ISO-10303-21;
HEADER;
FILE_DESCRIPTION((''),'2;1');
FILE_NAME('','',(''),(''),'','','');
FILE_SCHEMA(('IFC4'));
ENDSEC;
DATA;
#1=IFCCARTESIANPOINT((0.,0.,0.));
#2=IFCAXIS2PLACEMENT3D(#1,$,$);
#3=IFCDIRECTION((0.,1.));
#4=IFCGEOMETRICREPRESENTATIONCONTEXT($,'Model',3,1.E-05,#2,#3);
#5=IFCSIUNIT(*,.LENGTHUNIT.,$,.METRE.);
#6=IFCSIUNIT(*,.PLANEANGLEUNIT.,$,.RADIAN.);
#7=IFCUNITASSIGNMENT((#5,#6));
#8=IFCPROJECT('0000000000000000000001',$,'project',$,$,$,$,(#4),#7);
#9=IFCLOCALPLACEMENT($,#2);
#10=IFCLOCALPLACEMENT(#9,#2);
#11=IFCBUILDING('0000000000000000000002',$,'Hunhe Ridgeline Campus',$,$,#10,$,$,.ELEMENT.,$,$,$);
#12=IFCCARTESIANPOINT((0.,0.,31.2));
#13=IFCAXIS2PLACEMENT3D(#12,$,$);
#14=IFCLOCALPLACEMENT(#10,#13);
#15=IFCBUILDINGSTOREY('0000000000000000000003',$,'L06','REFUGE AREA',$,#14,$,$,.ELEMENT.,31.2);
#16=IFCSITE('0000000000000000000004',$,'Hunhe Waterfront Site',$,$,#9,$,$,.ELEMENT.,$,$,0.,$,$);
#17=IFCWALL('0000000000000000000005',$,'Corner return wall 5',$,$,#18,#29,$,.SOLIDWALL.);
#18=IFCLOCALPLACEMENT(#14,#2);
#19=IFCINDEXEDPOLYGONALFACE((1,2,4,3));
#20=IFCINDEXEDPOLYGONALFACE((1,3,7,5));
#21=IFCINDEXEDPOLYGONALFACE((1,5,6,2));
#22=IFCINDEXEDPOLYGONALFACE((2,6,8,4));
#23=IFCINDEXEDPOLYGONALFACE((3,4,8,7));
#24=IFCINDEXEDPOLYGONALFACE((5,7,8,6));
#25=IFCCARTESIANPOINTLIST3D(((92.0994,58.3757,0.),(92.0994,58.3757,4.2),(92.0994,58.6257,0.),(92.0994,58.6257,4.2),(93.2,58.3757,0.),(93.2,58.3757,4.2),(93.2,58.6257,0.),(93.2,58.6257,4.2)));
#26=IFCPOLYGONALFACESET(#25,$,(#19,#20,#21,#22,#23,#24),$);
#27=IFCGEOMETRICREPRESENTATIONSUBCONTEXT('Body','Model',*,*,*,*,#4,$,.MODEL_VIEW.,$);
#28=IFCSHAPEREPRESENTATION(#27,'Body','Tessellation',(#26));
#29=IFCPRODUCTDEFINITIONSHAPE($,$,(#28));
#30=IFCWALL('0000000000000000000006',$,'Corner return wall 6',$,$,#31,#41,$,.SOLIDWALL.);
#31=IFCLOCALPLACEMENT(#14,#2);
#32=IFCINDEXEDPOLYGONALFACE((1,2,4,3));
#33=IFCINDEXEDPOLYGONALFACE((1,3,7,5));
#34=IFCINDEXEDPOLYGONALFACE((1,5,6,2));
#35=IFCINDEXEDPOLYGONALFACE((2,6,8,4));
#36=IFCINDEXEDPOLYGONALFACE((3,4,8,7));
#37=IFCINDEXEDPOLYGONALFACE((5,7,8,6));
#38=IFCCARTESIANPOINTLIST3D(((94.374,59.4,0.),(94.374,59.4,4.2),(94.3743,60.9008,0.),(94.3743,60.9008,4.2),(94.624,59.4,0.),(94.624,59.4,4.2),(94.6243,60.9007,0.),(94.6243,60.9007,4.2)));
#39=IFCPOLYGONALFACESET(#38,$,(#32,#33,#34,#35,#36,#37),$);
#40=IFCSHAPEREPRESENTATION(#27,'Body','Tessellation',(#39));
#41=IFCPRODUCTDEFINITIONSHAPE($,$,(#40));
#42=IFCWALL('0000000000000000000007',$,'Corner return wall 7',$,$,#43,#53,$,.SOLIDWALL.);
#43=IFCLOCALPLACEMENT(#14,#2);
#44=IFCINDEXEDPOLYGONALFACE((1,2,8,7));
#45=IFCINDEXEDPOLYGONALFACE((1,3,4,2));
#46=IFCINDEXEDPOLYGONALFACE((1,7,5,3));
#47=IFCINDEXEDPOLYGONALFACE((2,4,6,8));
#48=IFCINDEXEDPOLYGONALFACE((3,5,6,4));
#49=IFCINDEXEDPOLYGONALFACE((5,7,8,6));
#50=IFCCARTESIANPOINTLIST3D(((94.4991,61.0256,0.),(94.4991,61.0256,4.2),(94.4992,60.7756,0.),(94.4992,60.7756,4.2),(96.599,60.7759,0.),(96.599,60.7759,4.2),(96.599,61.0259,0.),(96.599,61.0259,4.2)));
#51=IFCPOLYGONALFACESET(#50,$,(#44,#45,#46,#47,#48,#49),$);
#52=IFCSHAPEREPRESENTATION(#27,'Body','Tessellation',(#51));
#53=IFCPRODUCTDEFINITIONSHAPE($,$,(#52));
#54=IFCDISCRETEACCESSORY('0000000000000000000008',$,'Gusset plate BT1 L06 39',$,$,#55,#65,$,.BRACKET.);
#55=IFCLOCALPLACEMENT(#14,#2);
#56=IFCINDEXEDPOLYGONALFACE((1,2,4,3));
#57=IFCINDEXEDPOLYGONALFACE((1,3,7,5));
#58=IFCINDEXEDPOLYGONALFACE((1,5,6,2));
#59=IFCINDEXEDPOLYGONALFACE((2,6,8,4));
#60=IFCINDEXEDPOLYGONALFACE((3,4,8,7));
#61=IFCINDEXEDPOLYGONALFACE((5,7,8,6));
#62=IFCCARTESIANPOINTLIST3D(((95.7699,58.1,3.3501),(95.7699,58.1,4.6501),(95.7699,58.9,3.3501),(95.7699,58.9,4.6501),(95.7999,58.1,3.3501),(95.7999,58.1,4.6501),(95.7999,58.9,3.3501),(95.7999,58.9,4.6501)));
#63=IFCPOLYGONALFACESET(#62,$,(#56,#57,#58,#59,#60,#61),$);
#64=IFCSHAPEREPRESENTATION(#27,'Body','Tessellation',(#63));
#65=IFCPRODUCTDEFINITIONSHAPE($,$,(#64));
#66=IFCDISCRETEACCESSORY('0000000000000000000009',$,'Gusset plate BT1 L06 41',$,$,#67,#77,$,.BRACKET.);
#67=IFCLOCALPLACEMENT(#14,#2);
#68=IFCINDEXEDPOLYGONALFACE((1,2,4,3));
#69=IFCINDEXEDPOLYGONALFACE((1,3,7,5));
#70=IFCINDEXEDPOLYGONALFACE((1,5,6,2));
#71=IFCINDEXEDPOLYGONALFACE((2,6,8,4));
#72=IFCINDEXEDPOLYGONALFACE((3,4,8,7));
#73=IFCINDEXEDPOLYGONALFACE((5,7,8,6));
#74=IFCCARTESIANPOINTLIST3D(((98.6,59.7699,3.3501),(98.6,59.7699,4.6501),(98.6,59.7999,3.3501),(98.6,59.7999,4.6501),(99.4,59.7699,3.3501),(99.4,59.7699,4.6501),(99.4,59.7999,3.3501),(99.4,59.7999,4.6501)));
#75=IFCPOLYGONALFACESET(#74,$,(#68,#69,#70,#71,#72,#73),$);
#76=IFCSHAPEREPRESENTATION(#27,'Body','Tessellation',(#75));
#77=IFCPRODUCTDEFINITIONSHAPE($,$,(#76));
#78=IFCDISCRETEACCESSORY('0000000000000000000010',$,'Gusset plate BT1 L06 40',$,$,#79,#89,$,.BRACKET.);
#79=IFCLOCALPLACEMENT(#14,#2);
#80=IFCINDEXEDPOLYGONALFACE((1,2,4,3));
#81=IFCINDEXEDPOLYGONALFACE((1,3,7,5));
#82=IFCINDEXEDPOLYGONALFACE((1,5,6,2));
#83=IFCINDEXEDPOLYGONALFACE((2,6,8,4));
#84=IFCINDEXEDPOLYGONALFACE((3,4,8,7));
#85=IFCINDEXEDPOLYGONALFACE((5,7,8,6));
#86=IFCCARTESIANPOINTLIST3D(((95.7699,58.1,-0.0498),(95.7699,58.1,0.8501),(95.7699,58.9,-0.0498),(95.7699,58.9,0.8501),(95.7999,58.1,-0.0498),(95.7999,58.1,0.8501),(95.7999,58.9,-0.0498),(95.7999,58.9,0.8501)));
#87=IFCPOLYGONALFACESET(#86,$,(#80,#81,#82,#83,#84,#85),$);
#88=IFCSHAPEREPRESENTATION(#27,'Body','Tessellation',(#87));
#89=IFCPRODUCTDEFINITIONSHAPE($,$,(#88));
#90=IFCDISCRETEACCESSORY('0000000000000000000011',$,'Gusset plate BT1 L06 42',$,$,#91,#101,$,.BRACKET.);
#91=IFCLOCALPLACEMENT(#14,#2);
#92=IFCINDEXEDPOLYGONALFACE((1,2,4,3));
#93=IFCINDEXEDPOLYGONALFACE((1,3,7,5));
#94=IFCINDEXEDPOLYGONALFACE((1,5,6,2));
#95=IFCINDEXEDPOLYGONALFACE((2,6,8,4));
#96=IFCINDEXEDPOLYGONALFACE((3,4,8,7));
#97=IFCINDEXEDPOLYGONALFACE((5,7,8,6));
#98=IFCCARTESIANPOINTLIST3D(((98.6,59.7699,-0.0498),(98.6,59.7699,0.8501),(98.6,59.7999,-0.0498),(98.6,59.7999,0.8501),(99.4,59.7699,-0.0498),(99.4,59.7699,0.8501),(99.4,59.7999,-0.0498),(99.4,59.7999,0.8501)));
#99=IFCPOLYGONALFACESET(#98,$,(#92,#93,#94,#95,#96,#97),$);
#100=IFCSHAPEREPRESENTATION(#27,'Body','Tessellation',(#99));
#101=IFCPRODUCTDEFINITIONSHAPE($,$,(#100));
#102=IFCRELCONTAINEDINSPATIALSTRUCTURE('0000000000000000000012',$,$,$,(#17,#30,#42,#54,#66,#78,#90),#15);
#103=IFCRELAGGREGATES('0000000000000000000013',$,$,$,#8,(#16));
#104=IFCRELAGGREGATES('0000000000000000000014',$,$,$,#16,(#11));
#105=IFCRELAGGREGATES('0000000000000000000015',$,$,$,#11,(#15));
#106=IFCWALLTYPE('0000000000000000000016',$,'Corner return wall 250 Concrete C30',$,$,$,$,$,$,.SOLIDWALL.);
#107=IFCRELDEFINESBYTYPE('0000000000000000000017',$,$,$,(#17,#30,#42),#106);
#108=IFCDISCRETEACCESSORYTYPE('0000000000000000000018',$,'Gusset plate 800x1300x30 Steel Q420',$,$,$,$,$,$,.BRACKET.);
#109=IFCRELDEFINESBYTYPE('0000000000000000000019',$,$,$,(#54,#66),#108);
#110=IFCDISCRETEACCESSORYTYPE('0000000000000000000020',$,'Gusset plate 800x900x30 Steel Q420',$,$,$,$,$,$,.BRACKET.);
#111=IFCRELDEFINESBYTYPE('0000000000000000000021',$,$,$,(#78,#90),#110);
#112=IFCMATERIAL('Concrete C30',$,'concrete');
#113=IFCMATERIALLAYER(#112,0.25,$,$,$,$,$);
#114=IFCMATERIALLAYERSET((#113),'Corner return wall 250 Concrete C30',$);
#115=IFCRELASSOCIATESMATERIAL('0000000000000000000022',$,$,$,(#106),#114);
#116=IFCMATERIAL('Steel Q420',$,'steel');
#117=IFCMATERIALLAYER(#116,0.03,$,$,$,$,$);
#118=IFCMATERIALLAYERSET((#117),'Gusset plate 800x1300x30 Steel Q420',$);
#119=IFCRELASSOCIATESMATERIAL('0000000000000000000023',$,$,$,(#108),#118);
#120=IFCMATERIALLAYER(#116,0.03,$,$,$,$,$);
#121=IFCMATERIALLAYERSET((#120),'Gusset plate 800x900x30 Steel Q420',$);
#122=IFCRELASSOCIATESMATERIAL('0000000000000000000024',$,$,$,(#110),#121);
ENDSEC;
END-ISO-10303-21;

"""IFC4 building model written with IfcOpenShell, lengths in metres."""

from ifc_helpers import new_model, si_unit, direction, frame, frame_2d, origin, origin_2d, place, context, subcontext, project, spatial, rectangle, extrude, material, layer, layer_set, type_object, element, save


model = new_model("IFC4")

# Units and contexts
model_context = context("Model", 3, precision=1e-05, world=origin(), true_north=direction((0.0, 1.0)))
body_context = subcontext(model_context, "Body", "Model", "MODEL_VIEW")
ifc_project = project(units=[si_unit("LENGTHUNIT", "METRE"), si_unit("PLANEANGLEUNIT", "RADIAN")], contexts=[model_context])

# Site, building, storey
site_placement = place(None, origin())
site = spatial("IfcSite", under=ifc_project, at=site_placement, Name="Hunhe Waterfront Site", CompositionType="ELEMENT", RefElevation=0.0)
building_placement = place(site_placement, origin())
building = spatial("IfcBuilding", under=site, at=building_placement, Name="Hunhe Ridgeline Campus", CompositionType="ELEMENT")
storey_placement = place(building_placement, frame((0.0, 0.0, 31.2)))
storey = spatial("IfcBuildingStorey", under=building, at=storey_placement, Name="L06", Description="REFUGE AREA", CompositionType="ELEMENT", Elevation=31.2)

# Shared definitions
ifc_material_1 = material(Name="Steel Q420", Category="steel")

# Walls
ifc_material_2 = material(Name="Concrete C30", Category="concrete")
ifc_layer_1 = layer(ifc_material_2, 0.25)
ifc_layer_set_1 = layer_set([ifc_layer_1], Name="Corner return wall 250 Concrete C30")
wall_type = type_object("IfcWallType", Name="Corner return wall 250 Concrete C30", PredefinedType="SOLIDWALL", material=ifc_layer_set_1)
wall_1_placement = place(storey_placement, frame((92.0994, 58.5007, 0.0), z_axis=(0.0, 0.0, 1.0), x_axis=(1.0, 0.0, 0.0)))
element("IfcWall", 1, at=wall_1_placement, inside=storey, type_object=wall_type, Name="Corner return wall 5", PredefinedType="SOLIDWALL", context=body_context, shape_type="SweptSolid", body=[
    extrude(rectangle(XDim=1.1006, YDim=0.25, at=frame_2d((0.5503, 0.0))), origin(), (0.0, 0.0, 1.0), 4.2),
])
wall_2_placement = place(storey_placement, frame((94.499, 59.3999, 0.0), z_axis=(0.0, 0.0, 1.0), x_axis=(0.000163, 1.0, 0.0)))
element("IfcWall", 2, at=wall_2_placement, inside=storey, type_object=wall_type, Name="Corner return wall 6", PredefinedType="SOLIDWALL", context=body_context, shape_type="SweptSolid", body=[
    extrude(rectangle(XDim=1.5007, YDim=0.25, at=frame_2d((0.7505, 0.0))), origin(), (0.0, 0.0, 1.0), 4.2),
])
wall_3_placement = place(storey_placement, frame((94.4993, 60.9006, 0.0), z_axis=(0.0, 0.0, 1.0), x_axis=(1.0, 0.000116, 0.0)))
element("IfcWall", 3, at=wall_3_placement, inside=storey, type_object=wall_type, Name="Corner return wall 7", PredefinedType="SOLIDWALL", context=body_context, shape_type="SweptSolid", body=[
    extrude(rectangle(XDim=2.0999, YDim=0.25, at=frame_2d((1.0498, 0.0))), origin(), (0.0, 0.0, 1.0), 4.2),
])

# Discrete accessories
ifc_layer_2 = layer(ifc_material_1, 0.03)
ifc_layer_set_2 = layer_set([ifc_layer_2], Name="Gusset plate 800x1300x30 Steel Q420")
discrete_accessory_type_1 = type_object("IfcDiscreteAccessoryType", Name="Gusset plate 800x1300x30 Steel Q420", PredefinedType="BRACKET", material=ifc_layer_set_2)
for number, where, z_axis, x_axis, name in (
    (4, (95.7849, 58.5, 3.3501), (0.0, 0.0, 1.0), (-1.0, 0.0, 0.0), "Gusset plate BT1 L06 39"),
    (5, (99.0, 59.7849, 3.3501), (0.0, 0.0, 1.0), (0.0, -1.0, 0.0), "Gusset plate BT1 L06 41"),
):
    element("IfcDiscreteAccessory", number, at=place(storey_placement, frame(where, z_axis=z_axis, x_axis=x_axis)), inside=storey, type_object=discrete_accessory_type_1, Name=name, PredefinedType="BRACKET", context=body_context, shape_type="SweptSolid", body=[
        extrude(rectangle(XDim=0.03, YDim=0.8, at=origin_2d()), origin(), (0.0, 0.0, 1.0), 1.3),
    ])
ifc_layer_3 = layer(ifc_material_1, 0.03)
ifc_layer_set_3 = layer_set([ifc_layer_3], Name="Gusset plate 800x900x30 Steel Q420")
discrete_accessory_type_2 = type_object("IfcDiscreteAccessoryType", Name="Gusset plate 800x900x30 Steel Q420", PredefinedType="BRACKET", material=ifc_layer_set_3)
for number, where, z_axis, x_axis, name in (
    (6, (95.7849, 58.5, -0.0498), (0.0, 0.0, 1.0), (-1.0, 0.0, 0.0), "Gusset plate BT1 L06 40"),
    (7, (99.0, 59.7849, -0.0498), (0.0, 0.0, 1.0), (0.0, -1.0, 0.0), "Gusset plate BT1 L06 42"),
):
    element("IfcDiscreteAccessory", number, at=place(storey_placement, frame(where, z_axis=z_axis, x_axis=x_axis)), inside=storey, type_object=discrete_accessory_type_2, Name=name, PredefinedType="BRACKET", context=body_context, shape_type="SweptSolid", body=[
        extrude(rectangle(XDim=0.03, YDim=0.8, at=origin_2d()), origin(), (0.0, 0.0, 1.0), 0.8999),
    ])

save(model, "model.ifc")
